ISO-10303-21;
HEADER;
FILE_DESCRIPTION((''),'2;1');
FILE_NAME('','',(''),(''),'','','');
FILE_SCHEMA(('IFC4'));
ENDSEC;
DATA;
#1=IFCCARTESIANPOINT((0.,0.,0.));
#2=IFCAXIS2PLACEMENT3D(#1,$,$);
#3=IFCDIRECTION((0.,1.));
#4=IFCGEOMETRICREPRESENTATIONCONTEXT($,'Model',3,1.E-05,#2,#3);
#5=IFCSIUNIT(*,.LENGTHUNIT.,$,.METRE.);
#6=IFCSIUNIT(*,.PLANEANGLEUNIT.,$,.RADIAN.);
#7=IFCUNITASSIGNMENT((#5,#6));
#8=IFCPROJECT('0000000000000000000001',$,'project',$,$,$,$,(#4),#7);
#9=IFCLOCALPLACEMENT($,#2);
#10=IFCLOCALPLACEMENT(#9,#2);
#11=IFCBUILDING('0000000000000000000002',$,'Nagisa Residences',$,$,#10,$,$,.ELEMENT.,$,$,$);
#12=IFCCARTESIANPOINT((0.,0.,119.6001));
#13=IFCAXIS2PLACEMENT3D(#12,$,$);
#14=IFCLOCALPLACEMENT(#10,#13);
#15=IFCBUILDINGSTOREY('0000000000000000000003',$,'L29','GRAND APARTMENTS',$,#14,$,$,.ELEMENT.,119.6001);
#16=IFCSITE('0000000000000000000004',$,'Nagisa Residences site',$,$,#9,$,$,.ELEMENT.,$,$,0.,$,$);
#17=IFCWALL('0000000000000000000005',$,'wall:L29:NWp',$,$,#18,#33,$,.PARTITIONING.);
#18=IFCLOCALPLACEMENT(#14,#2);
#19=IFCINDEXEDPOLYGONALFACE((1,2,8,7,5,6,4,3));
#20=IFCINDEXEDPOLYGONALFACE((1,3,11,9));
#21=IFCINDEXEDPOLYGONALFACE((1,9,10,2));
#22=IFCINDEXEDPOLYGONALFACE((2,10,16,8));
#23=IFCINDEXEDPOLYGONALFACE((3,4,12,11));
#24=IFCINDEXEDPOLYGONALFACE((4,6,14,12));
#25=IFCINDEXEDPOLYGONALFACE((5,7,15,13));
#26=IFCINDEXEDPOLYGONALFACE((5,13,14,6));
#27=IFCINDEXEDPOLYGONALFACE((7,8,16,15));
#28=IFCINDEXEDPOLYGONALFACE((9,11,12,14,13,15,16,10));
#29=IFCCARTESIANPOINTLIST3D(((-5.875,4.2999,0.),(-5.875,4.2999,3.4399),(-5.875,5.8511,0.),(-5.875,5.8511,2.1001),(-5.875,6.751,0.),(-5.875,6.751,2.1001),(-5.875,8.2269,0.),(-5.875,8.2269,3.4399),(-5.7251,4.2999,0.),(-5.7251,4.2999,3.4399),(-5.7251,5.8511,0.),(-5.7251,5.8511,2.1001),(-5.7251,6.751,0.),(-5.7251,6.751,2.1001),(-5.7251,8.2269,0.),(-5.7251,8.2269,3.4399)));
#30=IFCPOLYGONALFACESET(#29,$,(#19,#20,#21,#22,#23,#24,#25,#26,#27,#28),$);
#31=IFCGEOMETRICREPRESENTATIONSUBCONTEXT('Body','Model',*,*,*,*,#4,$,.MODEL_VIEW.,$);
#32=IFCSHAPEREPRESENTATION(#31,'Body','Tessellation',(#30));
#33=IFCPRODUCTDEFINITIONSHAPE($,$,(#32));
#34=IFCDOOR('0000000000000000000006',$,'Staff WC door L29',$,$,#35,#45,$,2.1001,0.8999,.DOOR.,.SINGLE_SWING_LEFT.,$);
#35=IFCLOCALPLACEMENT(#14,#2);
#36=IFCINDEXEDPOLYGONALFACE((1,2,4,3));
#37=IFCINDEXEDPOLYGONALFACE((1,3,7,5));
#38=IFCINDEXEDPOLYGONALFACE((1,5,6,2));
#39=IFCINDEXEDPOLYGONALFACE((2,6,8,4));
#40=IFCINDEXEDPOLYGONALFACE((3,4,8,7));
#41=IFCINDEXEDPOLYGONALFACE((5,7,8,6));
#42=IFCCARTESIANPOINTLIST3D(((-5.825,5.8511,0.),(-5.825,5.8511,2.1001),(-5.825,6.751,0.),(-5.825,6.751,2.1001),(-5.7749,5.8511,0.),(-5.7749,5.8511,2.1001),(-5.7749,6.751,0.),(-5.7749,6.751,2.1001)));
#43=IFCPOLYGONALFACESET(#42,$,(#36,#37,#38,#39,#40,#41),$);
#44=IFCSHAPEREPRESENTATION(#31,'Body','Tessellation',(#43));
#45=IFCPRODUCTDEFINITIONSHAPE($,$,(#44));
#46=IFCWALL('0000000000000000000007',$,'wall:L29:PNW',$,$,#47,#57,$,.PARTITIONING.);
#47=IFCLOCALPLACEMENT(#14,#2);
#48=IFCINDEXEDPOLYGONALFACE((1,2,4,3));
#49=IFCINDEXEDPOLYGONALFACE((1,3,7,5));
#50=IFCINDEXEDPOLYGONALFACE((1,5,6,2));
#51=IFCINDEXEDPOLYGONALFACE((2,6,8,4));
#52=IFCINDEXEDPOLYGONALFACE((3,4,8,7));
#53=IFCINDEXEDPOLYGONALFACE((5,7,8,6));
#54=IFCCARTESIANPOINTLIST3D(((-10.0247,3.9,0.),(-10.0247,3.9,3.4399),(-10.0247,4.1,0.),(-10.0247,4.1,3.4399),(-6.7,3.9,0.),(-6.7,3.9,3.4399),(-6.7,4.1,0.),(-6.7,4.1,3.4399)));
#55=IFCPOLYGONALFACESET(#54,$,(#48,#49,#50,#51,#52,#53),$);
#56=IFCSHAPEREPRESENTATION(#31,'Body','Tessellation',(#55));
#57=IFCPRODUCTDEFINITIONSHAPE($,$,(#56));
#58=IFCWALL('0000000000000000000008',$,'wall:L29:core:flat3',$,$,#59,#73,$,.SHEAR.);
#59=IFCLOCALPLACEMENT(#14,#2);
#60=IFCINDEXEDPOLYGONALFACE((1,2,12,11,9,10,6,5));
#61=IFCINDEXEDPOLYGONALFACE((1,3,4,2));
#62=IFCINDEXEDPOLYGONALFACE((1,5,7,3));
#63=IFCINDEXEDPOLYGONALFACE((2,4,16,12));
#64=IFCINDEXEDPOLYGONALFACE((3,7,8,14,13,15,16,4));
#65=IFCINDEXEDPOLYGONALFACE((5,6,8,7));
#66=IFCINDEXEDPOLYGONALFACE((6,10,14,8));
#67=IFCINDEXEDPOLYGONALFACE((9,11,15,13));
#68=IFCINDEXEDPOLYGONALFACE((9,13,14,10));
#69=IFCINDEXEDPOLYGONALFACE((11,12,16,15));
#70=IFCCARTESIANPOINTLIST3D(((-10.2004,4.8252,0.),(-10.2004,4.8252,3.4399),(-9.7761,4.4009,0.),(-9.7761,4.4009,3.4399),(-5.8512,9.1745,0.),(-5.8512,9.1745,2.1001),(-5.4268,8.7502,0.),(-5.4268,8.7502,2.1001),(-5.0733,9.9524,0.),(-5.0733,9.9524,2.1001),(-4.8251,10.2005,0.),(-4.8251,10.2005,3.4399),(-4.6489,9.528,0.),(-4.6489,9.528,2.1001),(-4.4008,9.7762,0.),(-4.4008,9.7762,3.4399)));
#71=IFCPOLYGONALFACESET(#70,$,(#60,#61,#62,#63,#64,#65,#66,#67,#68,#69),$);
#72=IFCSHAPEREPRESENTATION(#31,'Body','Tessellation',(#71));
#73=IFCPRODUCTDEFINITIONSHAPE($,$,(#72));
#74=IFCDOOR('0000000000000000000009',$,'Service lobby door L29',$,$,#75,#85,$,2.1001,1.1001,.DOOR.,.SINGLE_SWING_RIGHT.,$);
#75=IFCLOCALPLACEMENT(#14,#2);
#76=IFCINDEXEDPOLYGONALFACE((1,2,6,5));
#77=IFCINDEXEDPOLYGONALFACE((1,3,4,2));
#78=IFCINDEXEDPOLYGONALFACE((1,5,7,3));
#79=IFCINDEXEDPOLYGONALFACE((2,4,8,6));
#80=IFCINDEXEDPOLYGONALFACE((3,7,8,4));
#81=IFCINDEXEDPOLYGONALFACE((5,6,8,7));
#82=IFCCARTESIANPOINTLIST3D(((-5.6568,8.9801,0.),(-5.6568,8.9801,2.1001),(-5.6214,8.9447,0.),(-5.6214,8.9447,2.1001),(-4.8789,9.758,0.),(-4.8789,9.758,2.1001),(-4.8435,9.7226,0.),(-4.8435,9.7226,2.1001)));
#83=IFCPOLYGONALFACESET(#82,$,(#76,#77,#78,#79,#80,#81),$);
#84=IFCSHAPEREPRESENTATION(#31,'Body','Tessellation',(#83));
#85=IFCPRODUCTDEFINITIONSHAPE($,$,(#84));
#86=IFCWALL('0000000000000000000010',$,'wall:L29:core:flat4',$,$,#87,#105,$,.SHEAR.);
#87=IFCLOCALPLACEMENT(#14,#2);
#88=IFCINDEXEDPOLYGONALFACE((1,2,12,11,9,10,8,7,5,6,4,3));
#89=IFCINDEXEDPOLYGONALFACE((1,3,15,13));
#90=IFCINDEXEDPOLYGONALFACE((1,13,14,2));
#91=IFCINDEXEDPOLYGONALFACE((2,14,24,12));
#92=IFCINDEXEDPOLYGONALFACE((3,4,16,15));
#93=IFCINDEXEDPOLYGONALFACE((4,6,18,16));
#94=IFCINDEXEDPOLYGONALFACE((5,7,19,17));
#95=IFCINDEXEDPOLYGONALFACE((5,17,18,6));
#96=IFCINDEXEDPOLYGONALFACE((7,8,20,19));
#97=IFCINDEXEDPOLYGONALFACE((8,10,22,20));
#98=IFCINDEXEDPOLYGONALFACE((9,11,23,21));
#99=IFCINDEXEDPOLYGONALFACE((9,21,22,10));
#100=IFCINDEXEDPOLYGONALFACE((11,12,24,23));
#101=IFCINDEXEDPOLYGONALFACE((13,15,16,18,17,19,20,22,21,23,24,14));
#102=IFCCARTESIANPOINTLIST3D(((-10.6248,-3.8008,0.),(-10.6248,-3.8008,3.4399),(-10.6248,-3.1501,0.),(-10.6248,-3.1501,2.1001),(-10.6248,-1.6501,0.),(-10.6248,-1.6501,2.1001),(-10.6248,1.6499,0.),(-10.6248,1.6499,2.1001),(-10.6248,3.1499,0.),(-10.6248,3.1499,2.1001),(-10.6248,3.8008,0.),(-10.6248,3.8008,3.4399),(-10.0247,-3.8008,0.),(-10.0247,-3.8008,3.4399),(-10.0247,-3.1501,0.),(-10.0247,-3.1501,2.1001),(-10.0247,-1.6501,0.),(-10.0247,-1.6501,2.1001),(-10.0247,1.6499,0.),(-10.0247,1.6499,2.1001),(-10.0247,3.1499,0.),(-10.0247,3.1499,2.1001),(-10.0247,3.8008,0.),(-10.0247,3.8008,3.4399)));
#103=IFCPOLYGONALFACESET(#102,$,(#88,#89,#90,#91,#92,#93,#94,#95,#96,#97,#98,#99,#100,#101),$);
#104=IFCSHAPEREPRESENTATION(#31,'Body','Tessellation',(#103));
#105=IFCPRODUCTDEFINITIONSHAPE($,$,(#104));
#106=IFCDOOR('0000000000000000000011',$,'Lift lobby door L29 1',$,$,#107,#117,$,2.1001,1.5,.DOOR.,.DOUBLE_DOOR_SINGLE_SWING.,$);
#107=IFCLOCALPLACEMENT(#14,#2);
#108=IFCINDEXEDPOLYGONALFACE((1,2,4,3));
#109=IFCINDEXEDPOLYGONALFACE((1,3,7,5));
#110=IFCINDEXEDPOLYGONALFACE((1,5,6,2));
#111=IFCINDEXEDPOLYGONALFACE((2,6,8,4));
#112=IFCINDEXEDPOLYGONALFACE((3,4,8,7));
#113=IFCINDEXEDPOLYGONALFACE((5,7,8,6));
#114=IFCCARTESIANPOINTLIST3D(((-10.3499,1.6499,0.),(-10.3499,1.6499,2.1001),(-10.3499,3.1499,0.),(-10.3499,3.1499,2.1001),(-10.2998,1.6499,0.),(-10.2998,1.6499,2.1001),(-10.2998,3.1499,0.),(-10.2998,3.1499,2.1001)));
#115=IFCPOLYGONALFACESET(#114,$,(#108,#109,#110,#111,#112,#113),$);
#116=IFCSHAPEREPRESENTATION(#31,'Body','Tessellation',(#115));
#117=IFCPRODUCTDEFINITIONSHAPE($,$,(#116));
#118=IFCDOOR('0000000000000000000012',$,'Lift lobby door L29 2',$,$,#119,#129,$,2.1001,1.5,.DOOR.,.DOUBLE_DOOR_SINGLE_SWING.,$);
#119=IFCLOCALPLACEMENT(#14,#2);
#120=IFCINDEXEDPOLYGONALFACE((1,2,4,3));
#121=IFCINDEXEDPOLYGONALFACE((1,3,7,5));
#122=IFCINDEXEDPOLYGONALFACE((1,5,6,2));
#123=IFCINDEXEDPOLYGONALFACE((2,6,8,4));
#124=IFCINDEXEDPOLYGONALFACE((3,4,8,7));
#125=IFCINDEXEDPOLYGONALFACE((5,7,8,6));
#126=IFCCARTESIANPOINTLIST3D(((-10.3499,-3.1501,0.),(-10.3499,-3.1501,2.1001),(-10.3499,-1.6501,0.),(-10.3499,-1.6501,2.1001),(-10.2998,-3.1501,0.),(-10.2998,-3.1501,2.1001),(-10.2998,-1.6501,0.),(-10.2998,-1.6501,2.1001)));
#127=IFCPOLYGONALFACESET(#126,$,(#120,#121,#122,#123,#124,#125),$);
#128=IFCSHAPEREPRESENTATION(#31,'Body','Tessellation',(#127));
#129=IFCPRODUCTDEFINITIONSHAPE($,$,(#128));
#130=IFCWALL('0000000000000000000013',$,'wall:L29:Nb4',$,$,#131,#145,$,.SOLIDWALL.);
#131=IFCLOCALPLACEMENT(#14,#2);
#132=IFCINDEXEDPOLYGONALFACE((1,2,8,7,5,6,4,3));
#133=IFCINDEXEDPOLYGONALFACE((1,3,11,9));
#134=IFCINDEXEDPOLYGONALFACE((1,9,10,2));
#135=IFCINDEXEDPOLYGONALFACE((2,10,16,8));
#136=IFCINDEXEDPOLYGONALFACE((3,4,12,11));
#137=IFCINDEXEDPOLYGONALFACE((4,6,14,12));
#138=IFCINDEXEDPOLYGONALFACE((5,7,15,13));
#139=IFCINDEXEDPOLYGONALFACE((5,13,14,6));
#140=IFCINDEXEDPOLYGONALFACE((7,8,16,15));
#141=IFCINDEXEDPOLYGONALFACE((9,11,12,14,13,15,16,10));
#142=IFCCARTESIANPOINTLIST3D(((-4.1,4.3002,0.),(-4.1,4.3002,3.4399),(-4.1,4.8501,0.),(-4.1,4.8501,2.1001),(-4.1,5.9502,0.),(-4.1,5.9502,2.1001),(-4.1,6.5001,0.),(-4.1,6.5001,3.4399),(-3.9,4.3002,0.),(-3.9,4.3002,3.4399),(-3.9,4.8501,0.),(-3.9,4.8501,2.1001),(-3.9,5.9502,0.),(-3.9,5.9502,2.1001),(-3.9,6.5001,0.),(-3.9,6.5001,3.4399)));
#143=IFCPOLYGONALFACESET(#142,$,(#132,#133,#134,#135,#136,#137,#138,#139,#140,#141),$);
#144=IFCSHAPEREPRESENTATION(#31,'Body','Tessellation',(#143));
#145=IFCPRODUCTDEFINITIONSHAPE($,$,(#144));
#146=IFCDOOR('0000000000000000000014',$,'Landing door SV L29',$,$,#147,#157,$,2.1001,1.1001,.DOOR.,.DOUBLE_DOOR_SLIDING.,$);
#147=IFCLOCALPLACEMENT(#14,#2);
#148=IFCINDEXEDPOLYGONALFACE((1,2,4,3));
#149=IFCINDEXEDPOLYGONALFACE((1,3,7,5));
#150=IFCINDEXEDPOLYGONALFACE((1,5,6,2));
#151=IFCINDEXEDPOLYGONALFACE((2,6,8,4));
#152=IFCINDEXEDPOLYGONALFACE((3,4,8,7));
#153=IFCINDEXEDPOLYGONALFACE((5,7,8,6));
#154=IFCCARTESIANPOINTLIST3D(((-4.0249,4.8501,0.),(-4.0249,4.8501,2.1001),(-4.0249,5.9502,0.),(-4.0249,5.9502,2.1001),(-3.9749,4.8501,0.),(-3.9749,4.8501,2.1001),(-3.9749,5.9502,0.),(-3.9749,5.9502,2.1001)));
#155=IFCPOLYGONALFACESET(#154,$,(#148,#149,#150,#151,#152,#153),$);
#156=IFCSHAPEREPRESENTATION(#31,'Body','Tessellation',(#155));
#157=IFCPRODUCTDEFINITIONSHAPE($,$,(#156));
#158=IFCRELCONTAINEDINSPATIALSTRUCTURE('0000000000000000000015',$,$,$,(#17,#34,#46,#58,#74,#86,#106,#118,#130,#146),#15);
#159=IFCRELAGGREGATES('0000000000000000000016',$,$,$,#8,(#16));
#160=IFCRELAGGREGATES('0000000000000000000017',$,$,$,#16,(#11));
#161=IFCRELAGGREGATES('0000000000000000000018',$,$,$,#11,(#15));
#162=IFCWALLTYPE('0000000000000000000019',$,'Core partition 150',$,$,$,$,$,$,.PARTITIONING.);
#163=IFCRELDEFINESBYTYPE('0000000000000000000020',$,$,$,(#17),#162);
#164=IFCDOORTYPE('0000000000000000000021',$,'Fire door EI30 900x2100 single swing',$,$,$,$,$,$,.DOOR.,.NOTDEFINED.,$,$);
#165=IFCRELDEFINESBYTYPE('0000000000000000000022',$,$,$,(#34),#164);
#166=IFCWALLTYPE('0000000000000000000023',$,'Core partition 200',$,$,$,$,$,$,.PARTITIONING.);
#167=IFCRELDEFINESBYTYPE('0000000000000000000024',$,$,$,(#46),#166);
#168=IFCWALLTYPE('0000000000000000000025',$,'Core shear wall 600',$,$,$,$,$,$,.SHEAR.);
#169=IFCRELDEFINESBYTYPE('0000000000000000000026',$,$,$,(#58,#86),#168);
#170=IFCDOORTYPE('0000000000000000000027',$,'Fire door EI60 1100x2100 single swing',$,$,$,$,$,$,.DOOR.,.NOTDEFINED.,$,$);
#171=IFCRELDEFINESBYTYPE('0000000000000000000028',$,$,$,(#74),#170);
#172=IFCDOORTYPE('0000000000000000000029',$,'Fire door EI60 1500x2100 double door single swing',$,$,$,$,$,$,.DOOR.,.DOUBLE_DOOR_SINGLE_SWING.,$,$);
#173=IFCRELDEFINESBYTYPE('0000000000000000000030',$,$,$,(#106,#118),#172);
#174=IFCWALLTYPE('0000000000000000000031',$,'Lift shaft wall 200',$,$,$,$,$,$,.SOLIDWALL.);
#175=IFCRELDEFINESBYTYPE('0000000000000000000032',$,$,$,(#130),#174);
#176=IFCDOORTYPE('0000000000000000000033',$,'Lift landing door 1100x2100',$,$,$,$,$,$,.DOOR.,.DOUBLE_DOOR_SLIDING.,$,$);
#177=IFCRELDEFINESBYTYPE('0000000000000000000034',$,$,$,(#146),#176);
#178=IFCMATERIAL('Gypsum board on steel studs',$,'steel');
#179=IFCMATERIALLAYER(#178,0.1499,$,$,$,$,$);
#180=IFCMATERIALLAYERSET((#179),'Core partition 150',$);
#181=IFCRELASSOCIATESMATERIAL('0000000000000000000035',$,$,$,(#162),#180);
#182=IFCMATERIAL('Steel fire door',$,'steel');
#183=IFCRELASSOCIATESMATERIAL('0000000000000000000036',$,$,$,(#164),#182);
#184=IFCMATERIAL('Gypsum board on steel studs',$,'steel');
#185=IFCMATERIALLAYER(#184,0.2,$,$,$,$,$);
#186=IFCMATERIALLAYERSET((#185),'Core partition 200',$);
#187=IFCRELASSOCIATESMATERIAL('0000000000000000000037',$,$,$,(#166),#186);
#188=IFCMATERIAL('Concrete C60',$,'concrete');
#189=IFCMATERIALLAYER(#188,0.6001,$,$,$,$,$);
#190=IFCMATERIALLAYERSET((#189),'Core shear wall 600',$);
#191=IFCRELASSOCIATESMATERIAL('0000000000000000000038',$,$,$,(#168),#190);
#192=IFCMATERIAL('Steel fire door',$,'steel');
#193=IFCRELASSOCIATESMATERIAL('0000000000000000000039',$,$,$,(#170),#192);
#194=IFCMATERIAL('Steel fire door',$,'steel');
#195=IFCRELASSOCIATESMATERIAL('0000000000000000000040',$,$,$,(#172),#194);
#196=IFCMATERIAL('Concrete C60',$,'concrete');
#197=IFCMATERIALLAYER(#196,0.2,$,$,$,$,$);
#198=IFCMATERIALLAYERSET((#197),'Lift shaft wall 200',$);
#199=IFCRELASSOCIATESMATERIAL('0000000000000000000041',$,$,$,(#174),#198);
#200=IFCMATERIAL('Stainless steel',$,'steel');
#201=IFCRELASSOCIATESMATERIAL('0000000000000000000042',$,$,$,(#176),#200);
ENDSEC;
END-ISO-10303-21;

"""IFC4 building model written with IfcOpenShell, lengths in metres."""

from ifc_helpers import new_model, si_unit, direction, frame, frame_2d, origin, place, context, subcontext, project, spatial, rectangle, extrude, material, layer, layer_set, type_object, element, fill, save


model = new_model("IFC4")

# Units and contexts
model_context = context("Model", 3, precision=1e-05, world=origin(), true_north=direction((0.0, 1.0)))
body_context = subcontext(model_context, "Body", "Model", "MODEL_VIEW")
ifc_project = project(units=[si_unit("LENGTHUNIT", "METRE"), si_unit("PLANEANGLEUNIT", "RADIAN")], contexts=[model_context])

# Site, building, storey
site_placement = place(None, origin())
site = spatial("IfcSite", under=ifc_project, at=site_placement, Name="Nagisa Residences site", CompositionType="ELEMENT", RefElevation=0.0)
building_placement = place(site_placement, origin())
building = spatial("IfcBuilding", under=site, at=building_placement, Name="Nagisa Residences", CompositionType="ELEMENT")
storey_placement = place(building_placement, frame((0.0, 0.0, 119.6001)))
storey = spatial("IfcBuildingStorey", under=building, at=storey_placement, Name="L29", Description="GRAND APARTMENTS", CompositionType="ELEMENT", Elevation=119.6001)

# Wall, opening, door
ifc_material_1 = material(Name="Gypsum board on steel studs", Category="steel")
ifc_layer_1 = layer(ifc_material_1, 0.1499)
ifc_layer_set_1 = layer_set([ifc_layer_1], Name="Core partition 150")
wall_type_1 = type_object("IfcWallType", Name="Core partition 150", PredefinedType="PARTITIONING", material=ifc_layer_set_1)
wall_1_placement = place(storey_placement, frame((-5.8, 4.3, 0.0), z_axis=(0.0, 0.0, 1.0), x_axis=(0.0, 1.0, 0.0)))
wall_1 = element("IfcWall", 1, at=wall_1_placement, inside=storey, type_object=wall_type_1, Name="wall:L29:NWp", PredefinedType="PARTITIONING", context=body_context, shape_type="SweptSolid", body=[
    extrude(rectangle(XDim=3.927, YDim=0.1499, at=frame_2d((1.9634, 0.0))), origin(), (0.0, 0.0, 1.0), 3.4399),
])
opening_1_placement = place(wall_1_placement, frame((1.551, 0.0, 0.0)))
opening_1 = element("IfcOpeningElement", 2, at=opening_1_placement, cuts=wall_1, PredefinedType="OPENING", context=body_context, shape_type="SweptSolid", body=[
    extrude(rectangle(XDim=0.8999, YDim=2.1001, at=frame_2d((0.45, 1.05))), frame((0.0, 0.085, 0.0), z_axis=(0.0, -1.0, 0.0), x_axis=(1.0, 0.0, 0.0)), (0.0, 0.0, 1.0), 0.1699),
])
ifc_material_2 = material(Name="Steel fire door", Category="steel")
door_type_1 = type_object("IfcDoorType", Name="Fire door EI30 900x2100 single swing", OperationType="NOTDEFINED", PredefinedType="DOOR", material=ifc_material_2)
door_1_placement = place(opening_1_placement, origin())
door_1 = element("IfcDoor", 3, at=door_1_placement, inside=storey, type_object=door_type_1, Name="Staff WC door L29", OperationType="SINGLE_SWING_LEFT", OverallHeight=2.1001, OverallWidth=0.8999, PredefinedType="DOOR", context=body_context, shape_type="SweptSolid", body=[
    extrude(rectangle(XDim=0.8999, YDim=2.1001, at=frame_2d((0.45, 1.05))), frame((0.0, 0.0249, 0.0), z_axis=(0.0, -1.0, 0.0), x_axis=(1.0, 0.0, 0.0)), (0.0, 0.0, 1.0), 0.05),
])
fill(opening_1, door_1)

# Wall
ifc_material_3 = material(Name="Gypsum board on steel studs", Category="steel")
ifc_layer_2 = layer(ifc_material_3, 0.2)
ifc_layer_set_2 = layer_set([ifc_layer_2], Name="Core partition 200")
wall_type_2 = type_object("IfcWallType", Name="Core partition 200", PredefinedType="PARTITIONING", material=ifc_layer_set_2)
wall_2_placement = place(storey_placement, frame((-10.0247, 4.0, 0.0), z_axis=(0.0, 0.0, 1.0), x_axis=(1.0, 0.0, 0.0)))
element("IfcWall", 4, at=wall_2_placement, inside=storey, type_object=wall_type_2, Name="wall:L29:PNW", PredefinedType="PARTITIONING", context=body_context, shape_type="SweptSolid", body=[
    extrude(rectangle(XDim=3.3247, YDim=0.2, at=frame_2d((1.6624, 0.0))), origin(), (0.0, 0.0, 1.0), 3.4399),
])

# Wall, opening, door
ifc_material_4 = material(Name="Concrete C60", Category="concrete")
ifc_layer_3 = layer(ifc_material_4, 0.6001)
ifc_layer_set_3 = layer_set([ifc_layer_3], Name="Core shear wall 600")
wall_type_3 = type_object("IfcWallType", Name="Core shear wall 600", PredefinedType="SHEAR", material=ifc_layer_set_3)
wall_3_placement = place(storey_placement, frame((-4.613, 9.9883, 0.0), z_axis=(0.0, 0.0, 1.0), x_axis=(-0.707107, -0.707107, 0.0)))
wall_3 = element("IfcWall", 5, at=wall_3_placement, inside=storey, type_object=wall_type_3, Name="wall:L29:core:flat3", PredefinedType="SHEAR", context=body_context, shape_type="SweptSolid", body=[
    extrude(rectangle(XDim=7.6018, YDim=0.6001, at=frame_2d((3.8008, 0.0))), origin(), (0.0, 0.0, 1.0), 3.4399),
])
opening_2_placement = place(wall_3_placement, frame((0.3508, 0.0, 0.0)))
opening_2 = element("IfcOpeningElement", 6, at=opening_2_placement, cuts=wall_3, PredefinedType="OPENING", context=body_context, shape_type="SweptSolid", body=[
    extrude(rectangle(XDim=1.1001, YDim=2.1001, at=frame_2d((0.55, 1.05))), frame((0.0, 0.3101, 0.0), z_axis=(0.0, -1.0, 0.0), x_axis=(1.0, 0.0, 0.0)), (0.0, 0.0, 1.0), 0.6201),
])
ifc_material_5 = material(Name="Steel fire door", Category="steel")
door_type_2 = type_object("IfcDoorType", Name="Fire door EI60 1100x2100 single swing", OperationType="NOTDEFINED", PredefinedType="DOOR", material=ifc_material_5)
door_2_placement = place(opening_2_placement, origin())
door_2 = element("IfcDoor", 7, at=door_2_placement, inside=storey, type_object=door_type_2, Name="Service lobby door L29", OperationType="SINGLE_SWING_RIGHT", OverallHeight=2.1001, OverallWidth=1.1001, PredefinedType="DOOR", context=body_context, shape_type="SweptSolid", body=[
    extrude(rectangle(XDim=1.1001, YDim=2.1001, at=frame_2d((0.55, 1.05))), frame((0.0, 0.0249, 0.0), z_axis=(0.0, -1.0, 0.0), x_axis=(1.0, 0.0, 0.0)), (0.0, 0.0, 1.0), 0.05),
])
fill(opening_2, door_2)

# Wall, openings, doors
wall_4_placement = place(storey_placement, frame((-10.3247, 3.8008, 0.0), z_axis=(0.0, 0.0, 1.0), x_axis=(0.0, -1.0, 0.0)))
wall_4 = element("IfcWall", 8, at=wall_4_placement, inside=storey, type_object=wall_type_3, Name="wall:L29:core:flat4", PredefinedType="SHEAR", context=body_context, shape_type="SweptSolid", body=[
    extrude(rectangle(XDim=7.6016, YDim=0.6001, at=frame_2d((3.8008, 0.0))), origin(), (0.0, 0.0, 1.0), 3.4399),
])
opening_3_placement = place(wall_4_placement, frame((0.6509, 0.0, 0.0)))
opening_3 = element("IfcOpeningElement", 9, at=opening_3_placement, cuts=wall_4, PredefinedType="OPENING", context=body_context, shape_type="SweptSolid", body=[
    extrude(rectangle(XDim=1.5, YDim=2.1001, at=frame_2d((0.75, 1.05))), frame((0.0, 0.3101, 0.0), z_axis=(0.0, -1.0, 0.0), x_axis=(1.0, 0.0, 0.0)), (0.0, 0.0, 1.0), 0.6201),
])
opening_4_placement = place(wall_4_placement, frame((5.4509, 0.0, 0.0)))
opening_4 = element("IfcOpeningElement", 10, at=opening_4_placement, cuts=wall_4, PredefinedType="OPENING", context=body_context, shape_type="SweptSolid", body=[
    extrude(rectangle(XDim=1.5, YDim=2.1001, at=frame_2d((0.75, 1.05))), frame((0.0, 0.3101, 0.0), z_axis=(0.0, -1.0, 0.0), x_axis=(1.0, 0.0, 0.0)), (0.0, 0.0, 1.0), 0.6201),
])
ifc_material_6 = material(Name="Steel fire door", Category="steel")
door_type_3 = type_object("IfcDoorType", Name="Fire door EI60 1500x2100 double door single swing", OperationType="DOUBLE_DOOR_SINGLE_SWING", PredefinedType="DOOR", material=ifc_material_6)
door_3_placement = place(opening_3_placement, origin())
door_3 = element("IfcDoor", 11, at=door_3_placement, inside=storey, type_object=door_type_3, Name="Lift lobby door L29 1", OperationType="DOUBLE_DOOR_SINGLE_SWING", OverallHeight=2.1001, OverallWidth=1.5, PredefinedType="DOOR", context=body_context, shape_type="SweptSolid", body=[
    extrude(rectangle(XDim=1.5, YDim=2.1001, at=frame_2d((0.75, 1.05))), frame((0.0, 0.0249, 0.0), z_axis=(0.0, -1.0, 0.0), x_axis=(1.0, 0.0, 0.0)), (0.0, 0.0, 1.0), 0.05),
])
fill(opening_3, door_3)
door_4_placement = place(opening_4_placement, origin())
door_4 = element("IfcDoor", 12, at=door_4_placement, inside=storey, type_object=door_type_3, Name="Lift lobby door L29 2", OperationType="DOUBLE_DOOR_SINGLE_SWING", OverallHeight=2.1001, OverallWidth=1.5, PredefinedType="DOOR", context=body_context, shape_type="SweptSolid", body=[
    extrude(rectangle(XDim=1.5, YDim=2.1001, at=frame_2d((0.75, 1.05))), frame((0.0, 0.0249, 0.0), z_axis=(0.0, -1.0, 0.0), x_axis=(1.0, 0.0, 0.0)), (0.0, 0.0, 1.0), 0.05),
])
fill(opening_4, door_4)

# Wall, opening, door
ifc_material_7 = material(Name="Concrete C60", Category="concrete")
ifc_layer_4 = layer(ifc_material_7, 0.2)
ifc_layer_set_4 = layer_set([ifc_layer_4], Name="Lift shaft wall 200")
wall_type_4 = type_object("IfcWallType", Name="Lift shaft wall 200", PredefinedType="SOLIDWALL", material=ifc_layer_set_4)
wall_5_placement = place(storey_placement, frame((-4.0, 4.3, 0.0), z_axis=(0.0, 0.0, 1.0), x_axis=(0.0, 1.0, 0.0)))
wall_5 = element("IfcWall", 13, at=wall_5_placement, inside=storey, type_object=wall_type_4, Name="wall:L29:Nb4", PredefinedType="SOLIDWALL", context=body_context, shape_type="SweptSolid", body=[
    extrude(rectangle(XDim=2.2, YDim=0.2, at=frame_2d((1.1001, 0.0))), origin(), (0.0, 0.0, 1.0), 3.4399),
])
opening_5_placement = place(wall_5_placement, frame((0.55, 0.0, 0.0)))
opening_5 = element("IfcOpeningElement", 14, at=opening_5_placement, cuts=wall_5, PredefinedType="OPENING", context=body_context, shape_type="SweptSolid", body=[
    extrude(rectangle(XDim=1.1001, YDim=2.1001, at=frame_2d((0.55, 1.05))), frame((0.0, 0.1099, 0.0), z_axis=(0.0, -1.0, 0.0), x_axis=(1.0, 0.0, 0.0)), (0.0, 0.0, 1.0), 0.22),
])
ifc_material_8 = material(Name="Stainless steel", Category="steel")
door_type_4 = type_object("IfcDoorType", Name="Lift landing door 1100x2100", OperationType="DOUBLE_DOOR_SLIDING", PredefinedType="DOOR", material=ifc_material_8)
door_5_placement = place(opening_5_placement, origin())
door_5 = element("IfcDoor", 15, at=door_5_placement, inside=storey, type_object=door_type_4, Name="Landing door SV L29", OperationType="DOUBLE_DOOR_SLIDING", OverallHeight=2.1001, OverallWidth=1.1001, PredefinedType="DOOR", context=body_context, shape_type="SweptSolid", body=[
    extrude(rectangle(XDim=1.1001, YDim=2.1001, at=frame_2d((0.55, 1.05))), frame((0.0, 0.0249, 0.0), z_axis=(0.0, -1.0, 0.0), x_axis=(1.0, 0.0, 0.0)), (0.0, 0.0, 1.0), 0.05),
])
fill(opening_5, door_5)

save(model, "model.ifc")
